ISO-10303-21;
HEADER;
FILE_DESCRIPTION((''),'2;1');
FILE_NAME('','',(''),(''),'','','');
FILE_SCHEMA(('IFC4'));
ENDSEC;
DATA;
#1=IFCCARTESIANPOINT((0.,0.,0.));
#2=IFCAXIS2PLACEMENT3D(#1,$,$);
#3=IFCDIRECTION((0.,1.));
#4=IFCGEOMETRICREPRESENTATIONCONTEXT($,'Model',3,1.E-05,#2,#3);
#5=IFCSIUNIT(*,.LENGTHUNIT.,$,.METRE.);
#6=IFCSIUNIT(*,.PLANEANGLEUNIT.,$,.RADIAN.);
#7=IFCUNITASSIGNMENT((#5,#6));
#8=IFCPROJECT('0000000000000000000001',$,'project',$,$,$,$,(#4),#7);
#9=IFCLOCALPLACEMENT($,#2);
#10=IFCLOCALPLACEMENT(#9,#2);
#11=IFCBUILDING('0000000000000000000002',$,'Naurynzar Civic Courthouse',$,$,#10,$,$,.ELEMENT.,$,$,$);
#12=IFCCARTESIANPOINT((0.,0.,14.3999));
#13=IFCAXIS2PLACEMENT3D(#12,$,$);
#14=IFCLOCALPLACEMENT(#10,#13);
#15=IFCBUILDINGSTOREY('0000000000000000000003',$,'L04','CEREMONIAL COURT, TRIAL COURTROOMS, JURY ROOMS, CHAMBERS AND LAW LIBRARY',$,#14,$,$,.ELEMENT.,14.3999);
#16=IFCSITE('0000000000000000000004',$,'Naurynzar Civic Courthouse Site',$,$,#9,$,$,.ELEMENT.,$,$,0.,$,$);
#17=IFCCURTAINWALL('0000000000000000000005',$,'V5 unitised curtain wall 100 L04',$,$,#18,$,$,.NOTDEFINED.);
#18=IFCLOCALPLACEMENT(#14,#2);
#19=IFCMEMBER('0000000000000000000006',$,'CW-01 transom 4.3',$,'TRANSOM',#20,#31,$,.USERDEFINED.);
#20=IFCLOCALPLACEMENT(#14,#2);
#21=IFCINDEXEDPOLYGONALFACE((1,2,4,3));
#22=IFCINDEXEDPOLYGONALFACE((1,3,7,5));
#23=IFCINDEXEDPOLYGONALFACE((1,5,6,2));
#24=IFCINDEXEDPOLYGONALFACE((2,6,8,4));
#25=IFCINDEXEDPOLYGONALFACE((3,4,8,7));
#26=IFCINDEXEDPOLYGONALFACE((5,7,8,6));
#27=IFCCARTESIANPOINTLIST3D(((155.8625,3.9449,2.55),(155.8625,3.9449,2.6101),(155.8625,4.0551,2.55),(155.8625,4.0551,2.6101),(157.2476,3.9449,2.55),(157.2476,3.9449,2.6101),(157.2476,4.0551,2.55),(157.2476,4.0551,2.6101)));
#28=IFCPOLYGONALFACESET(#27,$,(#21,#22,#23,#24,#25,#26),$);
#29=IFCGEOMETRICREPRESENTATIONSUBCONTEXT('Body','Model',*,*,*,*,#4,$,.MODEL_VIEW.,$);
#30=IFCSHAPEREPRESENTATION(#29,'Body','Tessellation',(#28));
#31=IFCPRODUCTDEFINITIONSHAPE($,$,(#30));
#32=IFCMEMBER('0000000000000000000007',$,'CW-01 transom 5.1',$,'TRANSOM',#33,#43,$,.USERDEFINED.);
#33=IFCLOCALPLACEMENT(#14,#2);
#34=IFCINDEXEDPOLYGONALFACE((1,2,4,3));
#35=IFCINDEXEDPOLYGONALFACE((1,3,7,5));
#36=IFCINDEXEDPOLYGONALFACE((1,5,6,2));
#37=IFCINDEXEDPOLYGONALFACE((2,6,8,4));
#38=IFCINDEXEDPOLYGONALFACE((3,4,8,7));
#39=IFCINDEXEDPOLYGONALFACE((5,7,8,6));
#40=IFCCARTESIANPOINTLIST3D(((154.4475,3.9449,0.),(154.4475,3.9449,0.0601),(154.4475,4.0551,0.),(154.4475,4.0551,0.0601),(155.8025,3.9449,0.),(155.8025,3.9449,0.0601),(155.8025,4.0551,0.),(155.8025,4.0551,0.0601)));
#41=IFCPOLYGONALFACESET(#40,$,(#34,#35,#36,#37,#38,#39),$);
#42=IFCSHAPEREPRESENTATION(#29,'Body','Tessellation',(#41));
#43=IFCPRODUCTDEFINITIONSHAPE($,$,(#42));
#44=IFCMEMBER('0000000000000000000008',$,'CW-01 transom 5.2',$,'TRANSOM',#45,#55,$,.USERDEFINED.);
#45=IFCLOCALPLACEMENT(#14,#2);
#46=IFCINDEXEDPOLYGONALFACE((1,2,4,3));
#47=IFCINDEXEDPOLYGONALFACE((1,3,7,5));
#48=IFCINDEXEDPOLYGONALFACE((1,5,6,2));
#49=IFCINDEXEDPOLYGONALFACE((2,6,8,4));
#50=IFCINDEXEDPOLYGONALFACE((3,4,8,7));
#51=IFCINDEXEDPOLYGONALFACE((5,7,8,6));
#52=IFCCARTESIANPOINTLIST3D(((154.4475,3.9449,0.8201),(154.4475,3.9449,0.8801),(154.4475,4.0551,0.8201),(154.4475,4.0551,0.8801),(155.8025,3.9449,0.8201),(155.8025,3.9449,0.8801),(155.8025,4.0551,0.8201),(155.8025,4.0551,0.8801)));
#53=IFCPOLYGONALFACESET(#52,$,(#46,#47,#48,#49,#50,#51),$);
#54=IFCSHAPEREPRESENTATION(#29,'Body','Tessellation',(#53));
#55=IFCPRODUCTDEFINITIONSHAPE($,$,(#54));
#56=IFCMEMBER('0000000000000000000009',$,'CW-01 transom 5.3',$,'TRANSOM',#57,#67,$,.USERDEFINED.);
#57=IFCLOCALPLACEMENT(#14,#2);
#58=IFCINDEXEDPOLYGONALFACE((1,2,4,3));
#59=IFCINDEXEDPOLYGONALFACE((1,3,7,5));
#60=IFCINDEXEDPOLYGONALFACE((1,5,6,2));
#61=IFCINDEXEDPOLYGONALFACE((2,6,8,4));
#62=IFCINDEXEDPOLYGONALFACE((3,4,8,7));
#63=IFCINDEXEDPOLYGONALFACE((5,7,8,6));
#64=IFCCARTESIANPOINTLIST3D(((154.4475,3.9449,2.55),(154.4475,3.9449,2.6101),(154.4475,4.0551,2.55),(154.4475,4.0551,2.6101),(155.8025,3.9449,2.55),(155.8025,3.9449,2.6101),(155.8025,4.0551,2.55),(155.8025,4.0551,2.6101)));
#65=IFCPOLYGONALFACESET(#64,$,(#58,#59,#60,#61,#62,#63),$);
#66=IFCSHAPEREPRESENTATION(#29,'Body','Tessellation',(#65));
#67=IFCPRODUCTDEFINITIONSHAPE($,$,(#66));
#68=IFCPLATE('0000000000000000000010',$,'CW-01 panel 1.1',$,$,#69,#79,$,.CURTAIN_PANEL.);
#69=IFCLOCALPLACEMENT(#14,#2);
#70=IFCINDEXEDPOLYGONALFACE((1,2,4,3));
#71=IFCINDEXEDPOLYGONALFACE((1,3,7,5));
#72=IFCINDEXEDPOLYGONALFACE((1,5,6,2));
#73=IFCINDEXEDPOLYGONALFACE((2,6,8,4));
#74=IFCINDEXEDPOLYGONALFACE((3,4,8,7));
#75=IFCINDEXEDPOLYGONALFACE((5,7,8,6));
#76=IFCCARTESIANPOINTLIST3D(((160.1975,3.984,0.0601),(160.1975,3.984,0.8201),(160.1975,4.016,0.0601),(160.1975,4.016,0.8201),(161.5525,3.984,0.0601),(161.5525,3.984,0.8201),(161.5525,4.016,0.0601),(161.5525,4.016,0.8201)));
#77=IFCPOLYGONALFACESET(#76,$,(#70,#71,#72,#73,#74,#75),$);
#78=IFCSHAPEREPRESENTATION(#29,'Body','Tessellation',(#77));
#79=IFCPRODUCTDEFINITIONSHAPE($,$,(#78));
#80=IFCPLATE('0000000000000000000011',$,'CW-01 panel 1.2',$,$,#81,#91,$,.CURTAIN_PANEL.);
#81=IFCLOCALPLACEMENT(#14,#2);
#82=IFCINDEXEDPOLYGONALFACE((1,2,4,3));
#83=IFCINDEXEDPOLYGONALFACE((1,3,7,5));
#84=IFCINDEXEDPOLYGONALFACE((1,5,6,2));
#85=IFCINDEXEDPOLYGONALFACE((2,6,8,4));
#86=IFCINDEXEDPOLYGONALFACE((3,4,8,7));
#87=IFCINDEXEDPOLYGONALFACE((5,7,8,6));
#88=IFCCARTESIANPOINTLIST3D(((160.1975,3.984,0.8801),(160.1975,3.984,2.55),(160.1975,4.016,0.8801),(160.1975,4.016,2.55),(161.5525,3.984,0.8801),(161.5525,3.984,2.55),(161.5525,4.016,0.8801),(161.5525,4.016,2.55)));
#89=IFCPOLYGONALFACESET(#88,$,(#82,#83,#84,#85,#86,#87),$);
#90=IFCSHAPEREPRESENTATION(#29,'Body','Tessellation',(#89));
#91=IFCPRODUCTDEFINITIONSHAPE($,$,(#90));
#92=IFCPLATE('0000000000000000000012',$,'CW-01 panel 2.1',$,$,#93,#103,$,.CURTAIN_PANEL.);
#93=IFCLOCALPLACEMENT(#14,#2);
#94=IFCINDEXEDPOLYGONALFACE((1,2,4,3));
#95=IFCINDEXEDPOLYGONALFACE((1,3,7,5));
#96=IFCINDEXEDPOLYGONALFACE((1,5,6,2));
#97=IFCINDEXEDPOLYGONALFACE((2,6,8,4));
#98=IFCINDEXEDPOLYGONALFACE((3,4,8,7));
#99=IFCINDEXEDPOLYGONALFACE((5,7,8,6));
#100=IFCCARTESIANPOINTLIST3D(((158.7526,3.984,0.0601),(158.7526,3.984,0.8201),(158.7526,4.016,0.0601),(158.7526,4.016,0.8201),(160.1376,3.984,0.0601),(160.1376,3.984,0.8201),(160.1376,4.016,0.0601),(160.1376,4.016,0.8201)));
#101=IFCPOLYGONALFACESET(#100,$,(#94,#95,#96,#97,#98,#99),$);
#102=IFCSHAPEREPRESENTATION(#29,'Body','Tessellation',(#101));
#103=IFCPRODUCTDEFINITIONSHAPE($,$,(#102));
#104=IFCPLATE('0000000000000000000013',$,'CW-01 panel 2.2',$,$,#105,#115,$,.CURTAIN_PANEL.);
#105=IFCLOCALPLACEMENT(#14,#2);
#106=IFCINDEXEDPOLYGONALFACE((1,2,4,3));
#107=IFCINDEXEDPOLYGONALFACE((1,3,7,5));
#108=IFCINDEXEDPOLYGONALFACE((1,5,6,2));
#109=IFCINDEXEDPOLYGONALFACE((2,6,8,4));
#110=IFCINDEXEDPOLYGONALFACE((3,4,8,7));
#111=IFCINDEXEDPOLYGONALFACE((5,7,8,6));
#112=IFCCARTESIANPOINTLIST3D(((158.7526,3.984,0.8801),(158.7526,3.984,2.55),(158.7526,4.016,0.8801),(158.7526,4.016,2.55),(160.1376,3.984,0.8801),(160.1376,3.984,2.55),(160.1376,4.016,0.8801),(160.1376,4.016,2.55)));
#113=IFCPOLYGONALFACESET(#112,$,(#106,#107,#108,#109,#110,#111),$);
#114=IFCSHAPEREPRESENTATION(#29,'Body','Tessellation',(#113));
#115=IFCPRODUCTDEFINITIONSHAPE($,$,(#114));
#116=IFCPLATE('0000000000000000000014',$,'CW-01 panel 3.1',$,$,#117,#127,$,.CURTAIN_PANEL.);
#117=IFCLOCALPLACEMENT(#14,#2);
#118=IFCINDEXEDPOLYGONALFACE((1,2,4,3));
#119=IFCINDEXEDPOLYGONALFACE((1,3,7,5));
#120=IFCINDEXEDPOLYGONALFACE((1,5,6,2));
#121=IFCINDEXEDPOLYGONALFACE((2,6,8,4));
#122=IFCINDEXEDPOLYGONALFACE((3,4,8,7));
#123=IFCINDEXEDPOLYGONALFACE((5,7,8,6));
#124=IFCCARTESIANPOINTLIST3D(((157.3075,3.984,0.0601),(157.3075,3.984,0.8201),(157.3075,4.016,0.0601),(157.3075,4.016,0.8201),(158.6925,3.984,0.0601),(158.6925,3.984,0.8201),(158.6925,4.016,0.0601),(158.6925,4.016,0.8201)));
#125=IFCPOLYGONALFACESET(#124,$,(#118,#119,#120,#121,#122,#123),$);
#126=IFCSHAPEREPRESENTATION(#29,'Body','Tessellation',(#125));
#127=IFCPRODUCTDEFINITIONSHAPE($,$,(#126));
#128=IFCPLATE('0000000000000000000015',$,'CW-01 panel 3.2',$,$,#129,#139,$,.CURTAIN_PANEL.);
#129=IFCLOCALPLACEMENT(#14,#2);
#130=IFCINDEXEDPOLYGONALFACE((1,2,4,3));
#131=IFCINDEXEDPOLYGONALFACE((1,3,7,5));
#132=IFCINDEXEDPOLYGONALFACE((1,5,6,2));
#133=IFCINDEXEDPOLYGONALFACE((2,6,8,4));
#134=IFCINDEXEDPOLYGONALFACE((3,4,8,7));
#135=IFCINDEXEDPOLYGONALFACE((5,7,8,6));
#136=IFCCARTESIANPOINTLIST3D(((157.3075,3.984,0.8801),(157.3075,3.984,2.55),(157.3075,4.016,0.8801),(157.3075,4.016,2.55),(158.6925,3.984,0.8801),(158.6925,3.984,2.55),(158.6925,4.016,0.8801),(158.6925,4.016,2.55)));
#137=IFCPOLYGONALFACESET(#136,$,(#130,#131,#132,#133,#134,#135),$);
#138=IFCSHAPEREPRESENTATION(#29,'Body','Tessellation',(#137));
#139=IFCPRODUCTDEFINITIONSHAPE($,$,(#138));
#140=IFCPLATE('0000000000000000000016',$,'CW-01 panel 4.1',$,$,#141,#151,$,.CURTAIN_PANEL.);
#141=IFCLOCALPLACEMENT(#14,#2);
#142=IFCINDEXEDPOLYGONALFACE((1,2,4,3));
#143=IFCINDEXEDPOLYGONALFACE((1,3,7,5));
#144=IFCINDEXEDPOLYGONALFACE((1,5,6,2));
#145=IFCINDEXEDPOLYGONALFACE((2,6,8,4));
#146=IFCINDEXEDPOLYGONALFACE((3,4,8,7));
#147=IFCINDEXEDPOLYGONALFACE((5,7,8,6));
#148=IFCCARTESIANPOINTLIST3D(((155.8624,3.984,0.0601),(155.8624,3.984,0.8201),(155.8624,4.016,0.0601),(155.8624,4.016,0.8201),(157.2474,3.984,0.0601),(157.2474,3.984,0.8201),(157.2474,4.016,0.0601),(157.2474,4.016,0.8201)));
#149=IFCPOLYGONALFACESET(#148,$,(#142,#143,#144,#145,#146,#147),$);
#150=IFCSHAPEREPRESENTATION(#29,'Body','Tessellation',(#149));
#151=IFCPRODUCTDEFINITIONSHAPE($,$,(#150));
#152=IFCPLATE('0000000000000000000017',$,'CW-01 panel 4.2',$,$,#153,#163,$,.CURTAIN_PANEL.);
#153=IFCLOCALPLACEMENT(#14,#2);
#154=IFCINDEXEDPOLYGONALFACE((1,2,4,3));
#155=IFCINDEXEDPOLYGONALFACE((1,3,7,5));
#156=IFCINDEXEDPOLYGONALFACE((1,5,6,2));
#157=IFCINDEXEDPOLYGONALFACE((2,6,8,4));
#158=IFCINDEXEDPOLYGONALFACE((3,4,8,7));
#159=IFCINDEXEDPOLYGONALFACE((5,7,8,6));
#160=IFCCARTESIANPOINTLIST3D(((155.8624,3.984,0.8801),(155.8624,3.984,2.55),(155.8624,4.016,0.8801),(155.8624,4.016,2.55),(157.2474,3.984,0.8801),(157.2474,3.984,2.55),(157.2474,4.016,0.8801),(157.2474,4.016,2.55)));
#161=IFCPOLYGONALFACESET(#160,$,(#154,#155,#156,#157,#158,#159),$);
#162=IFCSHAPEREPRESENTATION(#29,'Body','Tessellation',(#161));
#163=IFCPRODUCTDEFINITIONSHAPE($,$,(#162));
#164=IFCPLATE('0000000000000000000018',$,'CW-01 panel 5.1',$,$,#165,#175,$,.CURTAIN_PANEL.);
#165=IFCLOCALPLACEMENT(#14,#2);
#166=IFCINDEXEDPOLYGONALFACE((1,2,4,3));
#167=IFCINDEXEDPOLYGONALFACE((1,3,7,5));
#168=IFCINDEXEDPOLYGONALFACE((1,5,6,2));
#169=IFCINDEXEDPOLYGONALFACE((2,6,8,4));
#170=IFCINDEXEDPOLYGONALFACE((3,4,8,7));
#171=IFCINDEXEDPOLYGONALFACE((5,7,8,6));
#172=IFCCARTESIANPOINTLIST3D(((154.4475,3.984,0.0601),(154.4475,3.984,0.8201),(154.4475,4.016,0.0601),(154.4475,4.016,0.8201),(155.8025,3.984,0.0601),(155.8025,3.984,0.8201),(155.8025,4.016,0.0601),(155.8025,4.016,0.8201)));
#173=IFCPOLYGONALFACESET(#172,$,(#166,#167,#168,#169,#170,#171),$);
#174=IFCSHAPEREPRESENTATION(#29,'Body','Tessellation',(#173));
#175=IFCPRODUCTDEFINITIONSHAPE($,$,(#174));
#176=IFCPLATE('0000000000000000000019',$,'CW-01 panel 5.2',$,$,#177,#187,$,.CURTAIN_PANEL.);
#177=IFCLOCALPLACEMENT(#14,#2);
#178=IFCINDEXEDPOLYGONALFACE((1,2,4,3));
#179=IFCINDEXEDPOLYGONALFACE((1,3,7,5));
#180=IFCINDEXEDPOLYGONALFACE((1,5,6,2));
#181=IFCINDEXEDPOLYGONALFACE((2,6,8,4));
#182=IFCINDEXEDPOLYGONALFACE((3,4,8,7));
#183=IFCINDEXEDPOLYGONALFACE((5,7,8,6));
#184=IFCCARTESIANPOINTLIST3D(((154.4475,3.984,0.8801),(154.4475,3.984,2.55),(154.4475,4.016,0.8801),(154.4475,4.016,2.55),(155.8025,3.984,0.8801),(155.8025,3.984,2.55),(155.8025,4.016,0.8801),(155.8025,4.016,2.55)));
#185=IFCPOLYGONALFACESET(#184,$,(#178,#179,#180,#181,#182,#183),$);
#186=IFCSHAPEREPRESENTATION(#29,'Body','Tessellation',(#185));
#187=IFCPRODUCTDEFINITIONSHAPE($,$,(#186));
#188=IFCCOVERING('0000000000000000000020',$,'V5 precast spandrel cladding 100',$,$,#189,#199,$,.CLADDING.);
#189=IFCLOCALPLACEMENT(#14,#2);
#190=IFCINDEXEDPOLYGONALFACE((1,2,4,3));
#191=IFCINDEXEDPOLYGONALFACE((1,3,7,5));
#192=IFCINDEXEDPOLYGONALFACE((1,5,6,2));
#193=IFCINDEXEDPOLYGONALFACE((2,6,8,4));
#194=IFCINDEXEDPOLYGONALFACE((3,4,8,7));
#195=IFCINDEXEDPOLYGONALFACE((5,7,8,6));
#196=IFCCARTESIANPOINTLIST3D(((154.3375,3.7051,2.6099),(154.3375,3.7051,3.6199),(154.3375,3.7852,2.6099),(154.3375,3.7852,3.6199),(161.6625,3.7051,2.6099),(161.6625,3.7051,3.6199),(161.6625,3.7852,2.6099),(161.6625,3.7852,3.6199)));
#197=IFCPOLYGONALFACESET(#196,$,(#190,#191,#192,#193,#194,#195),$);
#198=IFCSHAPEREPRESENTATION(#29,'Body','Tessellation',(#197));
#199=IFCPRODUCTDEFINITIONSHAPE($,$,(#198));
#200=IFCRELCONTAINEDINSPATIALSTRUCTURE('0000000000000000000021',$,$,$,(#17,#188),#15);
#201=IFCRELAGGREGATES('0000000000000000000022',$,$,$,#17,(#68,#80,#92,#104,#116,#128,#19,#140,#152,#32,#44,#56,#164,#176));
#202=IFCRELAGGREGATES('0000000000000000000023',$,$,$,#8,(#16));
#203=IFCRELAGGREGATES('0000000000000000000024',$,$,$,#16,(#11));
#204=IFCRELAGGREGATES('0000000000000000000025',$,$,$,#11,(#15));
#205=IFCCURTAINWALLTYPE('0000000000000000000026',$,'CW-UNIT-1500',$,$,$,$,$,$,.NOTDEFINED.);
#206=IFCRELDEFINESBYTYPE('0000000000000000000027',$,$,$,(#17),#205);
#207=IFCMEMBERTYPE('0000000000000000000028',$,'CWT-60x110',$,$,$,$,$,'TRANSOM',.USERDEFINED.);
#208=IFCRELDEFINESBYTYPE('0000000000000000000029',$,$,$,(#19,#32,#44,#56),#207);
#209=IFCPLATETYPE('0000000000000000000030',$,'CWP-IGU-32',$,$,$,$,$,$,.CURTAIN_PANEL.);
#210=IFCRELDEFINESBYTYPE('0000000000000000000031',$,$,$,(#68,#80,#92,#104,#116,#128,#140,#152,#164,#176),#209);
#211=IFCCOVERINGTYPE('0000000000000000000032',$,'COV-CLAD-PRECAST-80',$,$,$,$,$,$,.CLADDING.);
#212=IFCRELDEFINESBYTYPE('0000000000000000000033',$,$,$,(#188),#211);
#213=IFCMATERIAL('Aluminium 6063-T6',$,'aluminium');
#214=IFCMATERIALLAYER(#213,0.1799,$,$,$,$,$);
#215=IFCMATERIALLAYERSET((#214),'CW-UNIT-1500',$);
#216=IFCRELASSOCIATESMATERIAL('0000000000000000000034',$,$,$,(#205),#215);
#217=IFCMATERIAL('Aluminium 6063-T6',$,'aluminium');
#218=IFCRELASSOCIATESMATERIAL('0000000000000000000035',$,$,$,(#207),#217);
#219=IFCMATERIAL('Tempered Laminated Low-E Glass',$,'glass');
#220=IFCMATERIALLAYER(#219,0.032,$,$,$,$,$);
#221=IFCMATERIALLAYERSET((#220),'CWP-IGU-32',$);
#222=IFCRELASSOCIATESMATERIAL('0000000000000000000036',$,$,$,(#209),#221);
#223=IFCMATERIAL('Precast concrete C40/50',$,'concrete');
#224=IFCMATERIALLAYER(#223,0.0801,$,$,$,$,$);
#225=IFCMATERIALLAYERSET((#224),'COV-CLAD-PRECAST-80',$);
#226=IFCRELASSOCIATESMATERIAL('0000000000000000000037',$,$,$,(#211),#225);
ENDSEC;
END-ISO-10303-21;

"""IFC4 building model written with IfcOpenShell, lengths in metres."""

from ifc_helpers import new_model, si_unit, direction, frame, origin, origin_2d, place, context, subcontext, project, spatial, rectangle, extrude, material, layer, layer_set, material_profile, profile_set, type_object, element, aggregate, save


model = new_model("IFC4")

# Units and contexts
model_context = context("Model", 3, precision=1e-05, world=origin(), true_north=direction((0.0, 1.0)))
body_context = subcontext(model_context, "Body", "Model", "MODEL_VIEW")
ifc_project = project(units=[si_unit("LENGTHUNIT", "METRE"), si_unit("PLANEANGLEUNIT", "RADIAN")], contexts=[model_context])

# Site, building, storey
site_placement = place(None, origin())
site = spatial("IfcSite", under=ifc_project, at=site_placement, Name="Naurynzar Civic Courthouse Site", CompositionType="ELEMENT", RefElevation=0.0)
building_placement = place(site_placement, origin())
building = spatial("IfcBuilding", under=site, at=building_placement, Name="Naurynzar Civic Courthouse", CompositionType="ELEMENT")
storey_placement = place(building_placement, frame((0.0, 0.0, 14.3999)))
storey = spatial("IfcBuildingStorey", under=building, at=storey_placement, Name="L04", Description="CEREMONIAL COURT, TRIAL COURTROOMS, JURY ROOMS, CHAMBERS AND LAW LIBRARY", CompositionType="ELEMENT", Elevation=14.3999)

# Curtain wall, members, plates
ifc_material_1 = material(Name="Aluminium 6063-T6", Category="aluminium")
ifc_layer_1 = layer(ifc_material_1, 0.1799)
ifc_layer_set_1 = layer_set([ifc_layer_1], Name="CW-UNIT-1500")
curtain_wall_type = type_object("IfcCurtainWallType", Name="CW-UNIT-1500", PredefinedType="NOTDEFINED", material=ifc_layer_set_1)
curtain_wall_placement = place(storey_placement, origin())
curtain_wall = element("IfcCurtainWall", 1, at=curtain_wall_placement, inside=storey, type_object=curtain_wall_type, Name="V5 unitised curtain wall 100 L04", PredefinedType="NOTDEFINED")
ifc_material_2 = material(Name="Aluminium 6063-T6", Category="aluminium")
ifc_material_profile_1 = material_profile(ifc_material_2, rectangle(XDim=0.1101, YDim=0.0601, at=origin_2d()), Name="ALU TRANSOM 60x110")
ifc_profile_set_1 = profile_set([ifc_material_profile_1], Name="Aluminium 6063-T6")
member_type_1 = type_object("IfcMemberType", Name="CWT-60x110", ElementType="TRANSOM", PredefinedType="USERDEFINED", material=ifc_profile_set_1)
member_1_placement = place(storey_placement, frame((157.2476, 4.0, 2.5801), z_axis=(-1.0, 0.0, 0.0), x_axis=(0.0, -1.0, 0.0)))
member_1 = element("IfcMember", 2, at=member_1_placement, type_object=member_type_1, Name="CW-01 transom 4.3", ObjectType="TRANSOM", PredefinedType="USERDEFINED", context=body_context, shape_type="SweptSolid", body=[
    extrude(rectangle(XDim=0.1101, YDim=0.0601, at=origin_2d()), origin(), (0.0, 0.0, 1.0), 1.385),
])
member_2_placement = place(storey_placement, frame((155.8025, 4.0, 0.03), z_axis=(-1.0, 0.0, 0.0), x_axis=(0.0, -1.0, 0.0)))
member_2 = element("IfcMember", 3, at=member_2_placement, type_object=member_type_1, Name="CW-01 transom 5.1", ObjectType="TRANSOM", PredefinedType="USERDEFINED", context=body_context, shape_type="SweptSolid", body=[
    extrude(rectangle(XDim=0.1101, YDim=0.0601, at=origin_2d()), origin(), (0.0, 0.0, 1.0), 1.355),
])
member_3_placement = place(storey_placement, frame((155.8025, 4.0, 0.8501), z_axis=(-1.0, 0.0, 0.0), x_axis=(0.0, -1.0, 0.0)))
member_3 = element("IfcMember", 4, at=member_3_placement, type_object=member_type_1, Name="CW-01 transom 5.2", ObjectType="TRANSOM", PredefinedType="USERDEFINED", context=body_context, shape_type="SweptSolid", body=[
    extrude(rectangle(XDim=0.1101, YDim=0.0601, at=origin_2d()), origin(), (0.0, 0.0, 1.0), 1.355),
])
member_4_placement = place(storey_placement, frame((155.8025, 4.0, 2.5801), z_axis=(-1.0, 0.0, 0.0), x_axis=(0.0, -1.0, 0.0)))
member_4 = element("IfcMember", 5, at=member_4_placement, type_object=member_type_1, Name="CW-01 transom 5.3", ObjectType="TRANSOM", PredefinedType="USERDEFINED", context=body_context, shape_type="SweptSolid", body=[
    extrude(rectangle(XDim=0.1101, YDim=0.0601, at=origin_2d()), origin(), (0.0, 0.0, 1.0), 1.355),
])
ifc_material_3 = material(Name="Tempered Laminated Low-E Glass", Category="glass")
ifc_layer_2 = layer(ifc_material_3, 0.032)
ifc_layer_set_2 = layer_set([ifc_layer_2], Name="CWP-IGU-32")
plate_type = type_object("IfcPlateType", Name="CWP-IGU-32", PredefinedType="CURTAIN_PANEL", material=ifc_layer_set_2)
plate_1_placement = place(storey_placement, frame((160.875, 4.0, 0.0601), z_axis=(0.0, 0.0, 1.0), x_axis=(-1.0, 0.0, 0.0)))
plate_1 = element("IfcPlate", 6, at=plate_1_placement, type_object=plate_type, Name="CW-01 panel 1.1", PredefinedType="CURTAIN_PANEL", context=body_context, shape_type="SweptSolid", body=[
    extrude(rectangle(XDim=1.355, YDim=0.032, at=origin_2d()), origin(), (0.0, 0.0, 1.0), 0.76),
])
plate_2_placement = place(storey_placement, frame((160.875, 4.0, 0.8801), z_axis=(0.0, 0.0, 1.0), x_axis=(-1.0, 0.0, 0.0)))
plate_2 = element("IfcPlate", 7, at=plate_2_placement, type_object=plate_type, Name="CW-01 panel 1.2", PredefinedType="CURTAIN_PANEL", context=body_context, shape_type="SweptSolid", body=[
    extrude(rectangle(XDim=1.355, YDim=0.032, at=origin_2d()), origin(), (0.0, 0.0, 1.0), 1.6699),
])
plate_3_placement = place(storey_placement, frame((159.4451, 4.0, 0.0601), z_axis=(0.0, 0.0, 1.0), x_axis=(-1.0, 0.0, 0.0)))
plate_3 = element("IfcPlate", 8, at=plate_3_placement, type_object=plate_type, Name="CW-01 panel 2.1", PredefinedType="CURTAIN_PANEL", context=body_context, shape_type="SweptSolid", body=[
    extrude(rectangle(XDim=1.385, YDim=0.032, at=origin_2d()), origin(), (0.0, 0.0, 1.0), 0.76),
])
plate_4_placement = place(storey_placement, frame((159.4451, 4.0, 0.8801), z_axis=(0.0, 0.0, 1.0), x_axis=(-1.0, 0.0, 0.0)))
plate_4 = element("IfcPlate", 9, at=plate_4_placement, type_object=plate_type, Name="CW-01 panel 2.2", PredefinedType="CURTAIN_PANEL", context=body_context, shape_type="SweptSolid", body=[
    extrude(rectangle(XDim=1.385, YDim=0.032, at=origin_2d()), origin(), (0.0, 0.0, 1.0), 1.6699),
])
plate_5_placement = place(storey_placement, frame((158.0, 4.0, 0.0601), z_axis=(0.0, 0.0, 1.0), x_axis=(-1.0, 0.0, 0.0)))
plate_5 = element("IfcPlate", 10, at=plate_5_placement, type_object=plate_type, Name="CW-01 panel 3.1", PredefinedType="CURTAIN_PANEL", context=body_context, shape_type="SweptSolid", body=[
    extrude(rectangle(XDim=1.385, YDim=0.032, at=origin_2d()), origin(), (0.0, 0.0, 1.0), 0.76),
])
plate_6_placement = place(storey_placement, frame((158.0, 4.0, 0.8801), z_axis=(0.0, 0.0, 1.0), x_axis=(-1.0, 0.0, 0.0)))
plate_6 = element("IfcPlate", 11, at=plate_6_placement, type_object=plate_type, Name="CW-01 panel 3.2", PredefinedType="CURTAIN_PANEL", context=body_context, shape_type="SweptSolid", body=[
    extrude(rectangle(XDim=1.385, YDim=0.032, at=origin_2d()), origin(), (0.0, 0.0, 1.0), 1.6699),
])
plate_7_placement = place(storey_placement, frame((156.5549, 4.0, 0.0601), z_axis=(0.0, 0.0, 1.0), x_axis=(-1.0, 0.0, 0.0)))
plate_7 = element("IfcPlate", 12, at=plate_7_placement, type_object=plate_type, Name="CW-01 panel 4.1", PredefinedType="CURTAIN_PANEL", context=body_context, shape_type="SweptSolid", body=[
    extrude(rectangle(XDim=1.385, YDim=0.032, at=origin_2d()), origin(), (0.0, 0.0, 1.0), 0.76),
])
plate_8_placement = place(storey_placement, frame((156.5549, 4.0, 0.8801), z_axis=(0.0, 0.0, 1.0), x_axis=(-1.0, 0.0, 0.0)))
plate_8 = element("IfcPlate", 13, at=plate_8_placement, type_object=plate_type, Name="CW-01 panel 4.2", PredefinedType="CURTAIN_PANEL", context=body_context, shape_type="SweptSolid", body=[
    extrude(rectangle(XDim=1.385, YDim=0.032, at=origin_2d()), origin(), (0.0, 0.0, 1.0), 1.6699),
])
plate_9_placement = place(storey_placement, frame((155.125, 4.0, 0.0601), z_axis=(0.0, 0.0, 1.0), x_axis=(-1.0, 0.0, 0.0)))
plate_9 = element("IfcPlate", 14, at=plate_9_placement, type_object=plate_type, Name="CW-01 panel 5.1", PredefinedType="CURTAIN_PANEL", context=body_context, shape_type="SweptSolid", body=[
    extrude(rectangle(XDim=1.355, YDim=0.032, at=origin_2d()), origin(), (0.0, 0.0, 1.0), 0.76),
])
plate_10_placement = place(storey_placement, frame((155.125, 4.0, 0.8801), z_axis=(0.0, 0.0, 1.0), x_axis=(-1.0, 0.0, 0.0)))
plate_10 = element("IfcPlate", 15, at=plate_10_placement, type_object=plate_type, Name="CW-01 panel 5.2", PredefinedType="CURTAIN_PANEL", context=body_context, shape_type="SweptSolid", body=[
    extrude(rectangle(XDim=1.355, YDim=0.032, at=origin_2d()), origin(), (0.0, 0.0, 1.0), 1.6699),
])
aggregate(curtain_wall, [plate_1, plate_2, plate_3, plate_4, plate_5, plate_6, member_1, plate_7, plate_8, member_2, member_3, member_4, plate_9, plate_10])

# Covering
ifc_material_4 = material(Name="Precast concrete C40/50", Category="concrete")
ifc_layer_3 = layer(ifc_material_4, 0.0801)
ifc_layer_set_3 = layer_set([ifc_layer_3], Name="COV-CLAD-PRECAST-80")
covering_type = type_object("IfcCoveringType", Name="COV-CLAD-PRECAST-80", PredefinedType="CLADDING", material=ifc_layer_set_3)
covering_placement = place(storey_placement, frame((158.0, 3.7451, 2.6099), z_axis=(0.0, 0.0, 1.0), x_axis=(-1.0, 0.0, 0.0)))
element("IfcCovering", 16, at=covering_placement, inside=storey, type_object=covering_type, Name="V5 precast spandrel cladding 100", PredefinedType="CLADDING", context=body_context, shape_type="SweptSolid", body=[
    extrude(rectangle(XDim=7.325, YDim=0.0801, at=origin_2d()), origin(), (0.0, 0.0, 1.0), 1.01),
])

save(model, "model.ifc")
